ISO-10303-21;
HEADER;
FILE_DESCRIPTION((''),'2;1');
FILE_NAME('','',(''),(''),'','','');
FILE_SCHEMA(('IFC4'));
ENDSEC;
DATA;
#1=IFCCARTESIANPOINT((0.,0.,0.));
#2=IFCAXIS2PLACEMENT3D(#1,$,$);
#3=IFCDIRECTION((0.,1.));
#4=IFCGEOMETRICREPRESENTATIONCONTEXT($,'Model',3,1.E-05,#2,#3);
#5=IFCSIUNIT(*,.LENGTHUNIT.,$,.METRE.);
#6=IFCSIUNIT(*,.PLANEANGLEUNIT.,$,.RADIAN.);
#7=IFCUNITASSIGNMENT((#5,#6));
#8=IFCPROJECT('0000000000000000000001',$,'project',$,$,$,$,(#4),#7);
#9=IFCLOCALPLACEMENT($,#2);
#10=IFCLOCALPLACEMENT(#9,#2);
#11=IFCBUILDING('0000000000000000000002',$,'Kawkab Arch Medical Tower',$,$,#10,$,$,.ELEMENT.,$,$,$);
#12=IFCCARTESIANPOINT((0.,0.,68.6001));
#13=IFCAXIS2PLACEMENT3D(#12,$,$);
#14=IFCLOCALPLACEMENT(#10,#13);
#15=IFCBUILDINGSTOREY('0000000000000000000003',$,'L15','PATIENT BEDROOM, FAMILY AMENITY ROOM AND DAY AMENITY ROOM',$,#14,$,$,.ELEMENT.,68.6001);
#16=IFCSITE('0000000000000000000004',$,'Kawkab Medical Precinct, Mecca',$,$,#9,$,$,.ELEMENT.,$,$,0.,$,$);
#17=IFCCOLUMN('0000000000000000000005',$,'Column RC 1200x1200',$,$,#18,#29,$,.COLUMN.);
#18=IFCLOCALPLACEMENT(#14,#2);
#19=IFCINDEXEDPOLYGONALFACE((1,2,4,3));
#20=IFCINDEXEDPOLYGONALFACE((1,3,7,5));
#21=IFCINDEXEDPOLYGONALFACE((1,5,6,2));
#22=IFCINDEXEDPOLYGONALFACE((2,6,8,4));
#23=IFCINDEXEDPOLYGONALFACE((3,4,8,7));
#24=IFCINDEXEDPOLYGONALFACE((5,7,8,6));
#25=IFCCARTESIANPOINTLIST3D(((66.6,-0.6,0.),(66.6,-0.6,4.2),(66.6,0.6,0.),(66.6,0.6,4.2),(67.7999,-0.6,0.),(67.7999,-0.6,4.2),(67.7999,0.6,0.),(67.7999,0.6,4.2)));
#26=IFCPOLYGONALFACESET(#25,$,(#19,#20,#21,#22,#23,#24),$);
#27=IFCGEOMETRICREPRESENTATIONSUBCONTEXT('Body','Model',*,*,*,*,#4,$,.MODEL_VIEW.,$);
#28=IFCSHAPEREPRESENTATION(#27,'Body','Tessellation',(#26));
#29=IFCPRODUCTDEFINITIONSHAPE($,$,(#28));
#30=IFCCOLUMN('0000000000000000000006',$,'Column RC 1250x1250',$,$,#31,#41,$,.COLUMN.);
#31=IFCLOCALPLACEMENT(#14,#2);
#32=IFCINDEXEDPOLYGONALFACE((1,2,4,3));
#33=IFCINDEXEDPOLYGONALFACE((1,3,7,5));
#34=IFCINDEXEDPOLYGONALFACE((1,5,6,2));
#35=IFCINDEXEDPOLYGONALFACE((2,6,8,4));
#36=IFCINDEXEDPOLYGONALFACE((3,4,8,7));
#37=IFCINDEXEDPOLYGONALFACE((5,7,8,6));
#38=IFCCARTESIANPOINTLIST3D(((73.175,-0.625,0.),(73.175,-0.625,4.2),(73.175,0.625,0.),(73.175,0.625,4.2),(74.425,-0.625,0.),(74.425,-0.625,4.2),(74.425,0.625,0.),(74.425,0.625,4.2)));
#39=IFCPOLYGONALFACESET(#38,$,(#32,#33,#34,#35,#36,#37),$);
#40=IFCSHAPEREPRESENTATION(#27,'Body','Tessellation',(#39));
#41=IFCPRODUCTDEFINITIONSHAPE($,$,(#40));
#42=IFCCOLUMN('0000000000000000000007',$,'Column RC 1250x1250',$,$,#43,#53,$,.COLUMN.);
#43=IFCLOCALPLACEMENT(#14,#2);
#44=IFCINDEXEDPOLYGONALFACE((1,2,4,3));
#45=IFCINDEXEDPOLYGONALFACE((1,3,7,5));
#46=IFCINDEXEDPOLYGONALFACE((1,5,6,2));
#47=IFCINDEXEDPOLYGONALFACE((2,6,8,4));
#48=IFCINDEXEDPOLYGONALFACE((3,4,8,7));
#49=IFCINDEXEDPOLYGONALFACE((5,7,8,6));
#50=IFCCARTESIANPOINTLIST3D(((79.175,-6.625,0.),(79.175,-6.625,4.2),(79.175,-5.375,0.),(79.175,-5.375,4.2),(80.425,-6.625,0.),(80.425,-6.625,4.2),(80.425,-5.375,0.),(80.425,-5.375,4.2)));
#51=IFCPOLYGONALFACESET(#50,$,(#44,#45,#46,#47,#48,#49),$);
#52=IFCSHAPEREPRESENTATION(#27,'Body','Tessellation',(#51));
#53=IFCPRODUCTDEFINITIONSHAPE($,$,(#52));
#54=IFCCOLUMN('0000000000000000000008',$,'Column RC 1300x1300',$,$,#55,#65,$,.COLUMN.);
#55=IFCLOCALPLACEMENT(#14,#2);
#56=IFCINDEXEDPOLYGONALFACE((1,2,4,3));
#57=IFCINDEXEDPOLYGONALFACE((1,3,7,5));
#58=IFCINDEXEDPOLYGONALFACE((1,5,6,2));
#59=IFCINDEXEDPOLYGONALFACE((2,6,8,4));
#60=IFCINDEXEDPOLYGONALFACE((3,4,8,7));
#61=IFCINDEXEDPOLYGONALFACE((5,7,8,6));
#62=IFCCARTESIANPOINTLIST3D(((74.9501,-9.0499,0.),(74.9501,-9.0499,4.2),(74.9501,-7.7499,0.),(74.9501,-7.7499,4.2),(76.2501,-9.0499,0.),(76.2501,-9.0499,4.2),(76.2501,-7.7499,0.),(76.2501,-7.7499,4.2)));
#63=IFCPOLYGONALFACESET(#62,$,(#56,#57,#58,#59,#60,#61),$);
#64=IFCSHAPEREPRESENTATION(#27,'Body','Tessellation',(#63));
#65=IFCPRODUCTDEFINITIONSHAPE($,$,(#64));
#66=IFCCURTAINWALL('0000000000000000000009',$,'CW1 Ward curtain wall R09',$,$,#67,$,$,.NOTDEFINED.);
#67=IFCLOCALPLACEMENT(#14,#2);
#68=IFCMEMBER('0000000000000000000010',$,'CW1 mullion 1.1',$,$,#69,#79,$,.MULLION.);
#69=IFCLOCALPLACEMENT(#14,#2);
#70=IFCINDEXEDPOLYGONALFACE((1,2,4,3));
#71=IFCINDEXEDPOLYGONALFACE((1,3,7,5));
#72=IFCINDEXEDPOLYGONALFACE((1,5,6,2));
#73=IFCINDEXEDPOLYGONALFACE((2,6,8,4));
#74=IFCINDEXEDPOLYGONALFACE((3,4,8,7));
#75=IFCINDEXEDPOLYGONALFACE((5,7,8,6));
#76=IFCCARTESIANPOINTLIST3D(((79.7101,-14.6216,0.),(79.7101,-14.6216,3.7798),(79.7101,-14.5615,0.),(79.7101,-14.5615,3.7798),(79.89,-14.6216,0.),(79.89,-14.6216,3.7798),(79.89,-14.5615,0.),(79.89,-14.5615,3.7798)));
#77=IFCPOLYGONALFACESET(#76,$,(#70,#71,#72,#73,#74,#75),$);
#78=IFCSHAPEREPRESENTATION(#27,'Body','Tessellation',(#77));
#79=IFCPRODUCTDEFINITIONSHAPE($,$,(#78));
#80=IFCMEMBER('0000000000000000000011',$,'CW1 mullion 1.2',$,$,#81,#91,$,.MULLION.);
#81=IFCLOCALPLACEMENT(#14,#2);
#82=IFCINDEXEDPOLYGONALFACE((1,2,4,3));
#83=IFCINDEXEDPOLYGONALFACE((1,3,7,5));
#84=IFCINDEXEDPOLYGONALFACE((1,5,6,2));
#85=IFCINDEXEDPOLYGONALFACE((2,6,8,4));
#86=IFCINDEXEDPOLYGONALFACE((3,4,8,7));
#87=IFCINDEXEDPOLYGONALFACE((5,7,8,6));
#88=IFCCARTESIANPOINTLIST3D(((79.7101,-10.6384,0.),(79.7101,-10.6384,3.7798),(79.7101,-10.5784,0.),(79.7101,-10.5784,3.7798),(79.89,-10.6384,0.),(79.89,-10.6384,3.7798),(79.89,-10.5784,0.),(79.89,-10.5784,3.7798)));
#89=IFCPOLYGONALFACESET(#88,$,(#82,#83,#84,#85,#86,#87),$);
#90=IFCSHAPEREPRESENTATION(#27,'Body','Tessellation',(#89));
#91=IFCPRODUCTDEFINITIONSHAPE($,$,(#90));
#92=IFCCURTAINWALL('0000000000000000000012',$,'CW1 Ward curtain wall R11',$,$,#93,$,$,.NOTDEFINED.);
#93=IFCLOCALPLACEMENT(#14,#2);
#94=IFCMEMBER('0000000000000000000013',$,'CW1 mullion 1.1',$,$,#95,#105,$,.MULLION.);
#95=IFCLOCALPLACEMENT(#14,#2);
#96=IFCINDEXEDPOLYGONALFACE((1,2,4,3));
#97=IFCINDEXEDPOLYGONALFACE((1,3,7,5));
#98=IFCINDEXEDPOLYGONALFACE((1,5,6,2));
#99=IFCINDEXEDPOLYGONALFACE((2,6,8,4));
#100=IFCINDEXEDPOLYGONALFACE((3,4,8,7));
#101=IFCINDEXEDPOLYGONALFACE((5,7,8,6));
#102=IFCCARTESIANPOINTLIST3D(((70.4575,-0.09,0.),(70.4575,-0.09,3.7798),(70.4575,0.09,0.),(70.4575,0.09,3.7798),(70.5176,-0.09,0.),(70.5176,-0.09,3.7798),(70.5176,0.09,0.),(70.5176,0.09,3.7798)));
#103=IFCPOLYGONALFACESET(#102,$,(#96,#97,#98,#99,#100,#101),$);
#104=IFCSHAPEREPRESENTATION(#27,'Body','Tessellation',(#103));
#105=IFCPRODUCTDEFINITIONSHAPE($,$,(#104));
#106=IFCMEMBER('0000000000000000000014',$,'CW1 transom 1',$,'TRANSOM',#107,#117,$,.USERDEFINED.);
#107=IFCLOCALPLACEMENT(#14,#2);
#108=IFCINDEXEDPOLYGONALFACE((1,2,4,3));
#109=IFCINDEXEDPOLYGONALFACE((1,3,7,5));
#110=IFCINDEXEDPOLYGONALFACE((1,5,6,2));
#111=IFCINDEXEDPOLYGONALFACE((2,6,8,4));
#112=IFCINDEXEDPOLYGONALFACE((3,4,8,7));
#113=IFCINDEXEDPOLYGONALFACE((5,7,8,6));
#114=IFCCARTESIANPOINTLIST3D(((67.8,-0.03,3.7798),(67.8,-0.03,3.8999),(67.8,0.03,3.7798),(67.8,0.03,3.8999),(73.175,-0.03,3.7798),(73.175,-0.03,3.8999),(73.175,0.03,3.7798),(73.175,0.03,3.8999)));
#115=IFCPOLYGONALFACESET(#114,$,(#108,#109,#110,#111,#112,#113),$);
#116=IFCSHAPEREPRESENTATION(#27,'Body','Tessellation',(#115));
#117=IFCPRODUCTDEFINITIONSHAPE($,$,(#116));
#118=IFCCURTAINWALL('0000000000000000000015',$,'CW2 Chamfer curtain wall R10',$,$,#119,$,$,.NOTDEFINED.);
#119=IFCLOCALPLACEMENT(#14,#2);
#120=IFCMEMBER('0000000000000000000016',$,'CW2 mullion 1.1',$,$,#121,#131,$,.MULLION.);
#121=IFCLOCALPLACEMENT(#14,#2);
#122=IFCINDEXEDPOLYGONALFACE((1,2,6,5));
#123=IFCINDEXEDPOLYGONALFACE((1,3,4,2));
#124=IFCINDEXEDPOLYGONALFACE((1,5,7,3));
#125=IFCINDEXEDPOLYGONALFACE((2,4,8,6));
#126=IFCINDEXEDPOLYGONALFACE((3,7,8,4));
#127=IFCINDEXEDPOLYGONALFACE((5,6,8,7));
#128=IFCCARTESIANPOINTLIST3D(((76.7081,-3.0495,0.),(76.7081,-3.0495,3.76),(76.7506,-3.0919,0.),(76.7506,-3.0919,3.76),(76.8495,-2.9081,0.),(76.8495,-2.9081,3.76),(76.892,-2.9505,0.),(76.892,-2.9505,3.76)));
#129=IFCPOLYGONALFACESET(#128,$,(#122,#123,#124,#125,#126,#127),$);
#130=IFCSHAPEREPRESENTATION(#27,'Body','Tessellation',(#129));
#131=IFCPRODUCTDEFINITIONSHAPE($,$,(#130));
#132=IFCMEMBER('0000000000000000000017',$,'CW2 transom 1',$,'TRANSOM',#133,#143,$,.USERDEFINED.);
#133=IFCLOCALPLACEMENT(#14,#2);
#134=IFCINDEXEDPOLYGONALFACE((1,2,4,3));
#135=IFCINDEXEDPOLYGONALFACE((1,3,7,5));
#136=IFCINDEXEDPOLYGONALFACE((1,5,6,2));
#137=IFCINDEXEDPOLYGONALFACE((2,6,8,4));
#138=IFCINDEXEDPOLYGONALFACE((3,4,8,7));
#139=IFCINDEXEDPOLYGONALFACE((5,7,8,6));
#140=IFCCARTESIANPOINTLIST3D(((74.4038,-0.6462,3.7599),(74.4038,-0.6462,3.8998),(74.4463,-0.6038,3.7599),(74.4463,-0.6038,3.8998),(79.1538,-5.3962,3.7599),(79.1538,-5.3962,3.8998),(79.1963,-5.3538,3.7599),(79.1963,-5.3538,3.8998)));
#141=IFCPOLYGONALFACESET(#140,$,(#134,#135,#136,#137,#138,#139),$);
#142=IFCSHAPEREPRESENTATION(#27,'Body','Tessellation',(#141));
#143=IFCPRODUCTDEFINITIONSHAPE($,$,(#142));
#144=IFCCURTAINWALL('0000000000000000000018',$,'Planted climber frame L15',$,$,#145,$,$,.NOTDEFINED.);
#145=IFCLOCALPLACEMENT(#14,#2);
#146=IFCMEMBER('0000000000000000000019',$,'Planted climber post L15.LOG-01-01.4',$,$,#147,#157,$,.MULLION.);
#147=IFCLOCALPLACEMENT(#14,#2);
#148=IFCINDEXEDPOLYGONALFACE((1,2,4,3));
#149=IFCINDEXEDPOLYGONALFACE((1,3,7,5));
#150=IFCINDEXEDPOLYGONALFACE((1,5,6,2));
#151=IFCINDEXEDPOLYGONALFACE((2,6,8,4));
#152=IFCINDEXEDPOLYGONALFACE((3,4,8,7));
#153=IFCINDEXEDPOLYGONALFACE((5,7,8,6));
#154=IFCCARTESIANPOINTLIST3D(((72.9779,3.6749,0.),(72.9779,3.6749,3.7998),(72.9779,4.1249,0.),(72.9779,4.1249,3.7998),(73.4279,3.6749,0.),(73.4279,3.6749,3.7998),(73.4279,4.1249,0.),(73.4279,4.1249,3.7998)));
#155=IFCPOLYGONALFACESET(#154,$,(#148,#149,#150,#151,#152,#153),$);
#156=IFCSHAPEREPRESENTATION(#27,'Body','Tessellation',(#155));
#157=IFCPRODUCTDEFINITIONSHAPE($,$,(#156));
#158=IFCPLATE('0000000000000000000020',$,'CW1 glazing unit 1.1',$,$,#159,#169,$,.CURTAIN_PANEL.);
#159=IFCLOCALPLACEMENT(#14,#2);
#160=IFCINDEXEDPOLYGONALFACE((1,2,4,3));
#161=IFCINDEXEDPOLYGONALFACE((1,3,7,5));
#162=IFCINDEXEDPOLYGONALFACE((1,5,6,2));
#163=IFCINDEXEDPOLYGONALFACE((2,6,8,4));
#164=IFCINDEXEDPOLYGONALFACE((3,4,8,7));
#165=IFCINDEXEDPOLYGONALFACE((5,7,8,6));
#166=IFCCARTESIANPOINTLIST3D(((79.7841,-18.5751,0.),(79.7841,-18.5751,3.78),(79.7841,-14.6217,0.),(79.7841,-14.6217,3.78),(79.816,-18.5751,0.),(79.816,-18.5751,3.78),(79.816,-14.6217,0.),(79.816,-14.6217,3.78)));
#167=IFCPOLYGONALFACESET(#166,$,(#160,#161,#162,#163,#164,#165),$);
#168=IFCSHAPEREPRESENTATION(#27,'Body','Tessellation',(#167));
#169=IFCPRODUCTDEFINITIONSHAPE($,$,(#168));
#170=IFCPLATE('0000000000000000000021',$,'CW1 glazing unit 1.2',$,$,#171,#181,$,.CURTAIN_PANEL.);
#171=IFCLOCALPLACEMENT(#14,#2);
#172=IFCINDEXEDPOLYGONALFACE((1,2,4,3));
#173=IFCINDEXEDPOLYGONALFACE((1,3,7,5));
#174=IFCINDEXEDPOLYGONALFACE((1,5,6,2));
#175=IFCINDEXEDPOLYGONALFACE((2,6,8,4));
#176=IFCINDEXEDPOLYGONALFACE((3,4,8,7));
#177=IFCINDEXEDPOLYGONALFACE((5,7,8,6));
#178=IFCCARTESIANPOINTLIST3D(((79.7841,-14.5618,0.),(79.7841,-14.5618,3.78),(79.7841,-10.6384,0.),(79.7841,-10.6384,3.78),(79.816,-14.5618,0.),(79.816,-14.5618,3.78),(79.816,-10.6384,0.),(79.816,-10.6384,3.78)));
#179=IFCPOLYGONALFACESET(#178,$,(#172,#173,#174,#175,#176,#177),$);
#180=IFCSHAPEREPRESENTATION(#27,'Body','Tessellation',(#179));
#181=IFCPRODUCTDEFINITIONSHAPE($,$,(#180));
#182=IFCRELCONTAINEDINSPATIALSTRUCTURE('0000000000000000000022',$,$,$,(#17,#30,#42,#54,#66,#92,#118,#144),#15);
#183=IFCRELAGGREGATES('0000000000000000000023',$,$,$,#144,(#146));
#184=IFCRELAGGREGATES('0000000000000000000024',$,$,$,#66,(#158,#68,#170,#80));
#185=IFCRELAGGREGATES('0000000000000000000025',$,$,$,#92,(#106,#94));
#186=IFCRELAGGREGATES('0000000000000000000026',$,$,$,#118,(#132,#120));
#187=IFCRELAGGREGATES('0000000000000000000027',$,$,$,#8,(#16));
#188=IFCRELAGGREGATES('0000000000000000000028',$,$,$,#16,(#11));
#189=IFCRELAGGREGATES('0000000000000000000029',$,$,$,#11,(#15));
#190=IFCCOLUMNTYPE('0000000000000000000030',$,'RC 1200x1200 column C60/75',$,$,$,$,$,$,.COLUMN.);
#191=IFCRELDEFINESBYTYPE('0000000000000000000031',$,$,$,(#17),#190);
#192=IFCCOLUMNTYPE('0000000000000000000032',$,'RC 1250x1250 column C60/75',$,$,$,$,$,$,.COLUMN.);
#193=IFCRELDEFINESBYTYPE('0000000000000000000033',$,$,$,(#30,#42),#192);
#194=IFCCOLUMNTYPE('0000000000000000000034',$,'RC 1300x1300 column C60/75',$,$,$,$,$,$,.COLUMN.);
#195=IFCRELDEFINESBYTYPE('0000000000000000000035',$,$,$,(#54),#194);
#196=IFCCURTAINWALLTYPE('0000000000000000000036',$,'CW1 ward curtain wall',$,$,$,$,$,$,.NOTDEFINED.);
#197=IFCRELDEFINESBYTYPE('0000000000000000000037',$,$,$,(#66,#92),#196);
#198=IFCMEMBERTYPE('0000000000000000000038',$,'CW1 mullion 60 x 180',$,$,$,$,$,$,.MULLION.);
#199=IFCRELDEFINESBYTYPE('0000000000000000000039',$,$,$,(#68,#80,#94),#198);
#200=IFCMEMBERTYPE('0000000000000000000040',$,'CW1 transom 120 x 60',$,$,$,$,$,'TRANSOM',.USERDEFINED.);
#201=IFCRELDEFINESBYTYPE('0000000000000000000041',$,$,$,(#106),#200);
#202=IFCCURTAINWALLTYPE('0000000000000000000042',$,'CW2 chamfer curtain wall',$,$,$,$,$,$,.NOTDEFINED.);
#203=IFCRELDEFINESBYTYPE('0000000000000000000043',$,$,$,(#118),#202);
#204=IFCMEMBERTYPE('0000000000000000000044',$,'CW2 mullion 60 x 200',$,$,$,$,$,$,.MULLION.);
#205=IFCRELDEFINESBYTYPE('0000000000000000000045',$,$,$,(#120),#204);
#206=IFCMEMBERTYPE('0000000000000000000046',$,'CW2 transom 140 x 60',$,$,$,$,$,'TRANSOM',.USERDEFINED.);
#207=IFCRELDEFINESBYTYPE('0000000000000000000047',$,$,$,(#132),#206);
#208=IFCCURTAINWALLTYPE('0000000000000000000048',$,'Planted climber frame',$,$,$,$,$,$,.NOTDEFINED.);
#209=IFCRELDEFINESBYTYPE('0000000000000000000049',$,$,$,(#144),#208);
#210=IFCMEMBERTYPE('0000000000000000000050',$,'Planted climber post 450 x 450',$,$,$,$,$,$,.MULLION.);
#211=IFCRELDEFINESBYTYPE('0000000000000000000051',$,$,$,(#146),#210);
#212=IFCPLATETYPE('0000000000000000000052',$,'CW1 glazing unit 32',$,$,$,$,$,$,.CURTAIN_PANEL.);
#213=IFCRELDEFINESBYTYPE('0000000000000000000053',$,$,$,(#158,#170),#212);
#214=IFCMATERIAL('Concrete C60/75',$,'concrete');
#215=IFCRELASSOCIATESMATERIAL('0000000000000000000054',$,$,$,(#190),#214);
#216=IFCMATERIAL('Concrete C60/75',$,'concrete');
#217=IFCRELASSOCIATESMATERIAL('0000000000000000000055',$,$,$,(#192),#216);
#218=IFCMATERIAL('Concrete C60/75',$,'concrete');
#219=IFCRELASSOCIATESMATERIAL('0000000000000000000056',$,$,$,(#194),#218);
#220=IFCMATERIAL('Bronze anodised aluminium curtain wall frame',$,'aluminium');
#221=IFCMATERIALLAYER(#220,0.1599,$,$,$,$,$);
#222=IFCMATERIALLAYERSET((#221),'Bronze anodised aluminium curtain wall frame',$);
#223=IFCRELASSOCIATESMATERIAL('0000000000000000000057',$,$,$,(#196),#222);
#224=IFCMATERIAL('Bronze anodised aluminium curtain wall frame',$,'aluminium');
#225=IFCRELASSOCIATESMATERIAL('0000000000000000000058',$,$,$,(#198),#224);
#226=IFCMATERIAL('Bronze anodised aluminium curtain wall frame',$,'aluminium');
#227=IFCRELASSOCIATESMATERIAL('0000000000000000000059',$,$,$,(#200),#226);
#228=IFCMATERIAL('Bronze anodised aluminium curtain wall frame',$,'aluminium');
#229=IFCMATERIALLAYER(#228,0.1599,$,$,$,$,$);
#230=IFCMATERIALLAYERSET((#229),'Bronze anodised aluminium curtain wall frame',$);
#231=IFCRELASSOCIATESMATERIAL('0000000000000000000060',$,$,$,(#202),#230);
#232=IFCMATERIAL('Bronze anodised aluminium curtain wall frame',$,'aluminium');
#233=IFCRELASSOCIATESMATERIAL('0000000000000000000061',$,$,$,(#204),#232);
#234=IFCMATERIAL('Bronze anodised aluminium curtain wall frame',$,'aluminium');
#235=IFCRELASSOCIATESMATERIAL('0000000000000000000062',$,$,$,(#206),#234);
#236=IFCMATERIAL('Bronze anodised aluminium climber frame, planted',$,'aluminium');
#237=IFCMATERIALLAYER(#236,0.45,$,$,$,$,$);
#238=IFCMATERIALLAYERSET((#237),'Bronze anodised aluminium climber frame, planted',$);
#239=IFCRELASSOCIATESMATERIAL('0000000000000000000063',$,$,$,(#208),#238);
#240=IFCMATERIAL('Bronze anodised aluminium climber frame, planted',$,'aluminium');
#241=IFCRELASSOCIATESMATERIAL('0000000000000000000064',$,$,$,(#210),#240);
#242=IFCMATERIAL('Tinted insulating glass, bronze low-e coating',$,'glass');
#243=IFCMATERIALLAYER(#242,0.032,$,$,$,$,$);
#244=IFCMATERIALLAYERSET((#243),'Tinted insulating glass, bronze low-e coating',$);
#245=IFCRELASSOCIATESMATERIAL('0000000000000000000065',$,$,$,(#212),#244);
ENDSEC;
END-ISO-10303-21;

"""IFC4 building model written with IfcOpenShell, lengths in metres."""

from ifc_helpers import new_model, si_unit, direction, frame, origin, origin_2d, place, context, subcontext, project, spatial, rectangle, extrude, material, layer, layer_set, material_profile, profile_set, type_object, element, aggregate, save


model = new_model("IFC4")

# Units and contexts
model_context = context("Model", 3, precision=1e-05, world=origin(), true_north=direction((0.0, 1.0)))
body_context = subcontext(model_context, "Body", "Model", "MODEL_VIEW")
ifc_project = project(units=[si_unit("LENGTHUNIT", "METRE"), si_unit("PLANEANGLEUNIT", "RADIAN")], contexts=[model_context])

# Site, building, storey
site_placement = place(None, origin())
site = spatial("IfcSite", under=ifc_project, at=site_placement, Name="Kawkab Medical Precinct, Mecca", CompositionType="ELEMENT", RefElevation=0.0)
building_placement = place(site_placement, origin())
building = spatial("IfcBuilding", under=site, at=building_placement, Name="Kawkab Arch Medical Tower", CompositionType="ELEMENT")
storey_placement = place(building_placement, frame((0.0, 0.0, 68.6001)))
storey = spatial("IfcBuildingStorey", under=building, at=storey_placement, Name="L15", Description="PATIENT BEDROOM, FAMILY AMENITY ROOM AND DAY AMENITY ROOM", CompositionType="ELEMENT", Elevation=68.6001)

# Columns
ifc_material_1 = material(Name="Concrete C60/75", Category="concrete")
ifc_material_profile_1 = material_profile(ifc_material_1, rectangle(XDim=1.2, YDim=1.2, at=origin_2d()), Name="RC 1200x1200")
ifc_profile_set_1 = profile_set([ifc_material_profile_1], Name="Concrete C60/75")
column_type_1 = type_object("IfcColumnType", Name="RC 1200x1200 column C60/75", PredefinedType="COLUMN", material=ifc_profile_set_1)
column_1_placement = place(storey_placement, frame((67.2, 0.0, 0.0), z_axis=(0.0, 0.0, 1.0), x_axis=(1.0, 0.0, 0.0)))
element("IfcColumn", 1, at=column_1_placement, inside=storey, type_object=column_type_1, Name="Column RC 1200x1200", PredefinedType="COLUMN", context=body_context, shape_type="SweptSolid", body=[
    extrude(rectangle(XDim=1.2, YDim=1.2, at=origin_2d()), origin(), (0.0, 0.0, 1.0), 4.2),
])
ifc_material_2 = material(Name="Concrete C60/75", Category="concrete")
ifc_material_profile_2 = material_profile(ifc_material_2, rectangle(XDim=1.25, YDim=1.25, at=origin_2d()), Name="RC 1250x1250")
ifc_profile_set_2 = profile_set([ifc_material_profile_2], Name="Concrete C60/75")
column_type_2 = type_object("IfcColumnType", Name="RC 1250x1250 column C60/75", PredefinedType="COLUMN", material=ifc_profile_set_2)
for number, where, z_axis, x_axis, name in (
    (2, (73.8, 0.0, 0.0), (0.0, 0.0, 1.0), (1.0, 0.0, 0.0), "Column RC 1250x1250"),
    (3, (79.8, -6.0, 0.0), (0.0, 0.0, 1.0), (1.0, 0.0, 0.0), "Column RC 1250x1250"),
):
    element("IfcColumn", number, at=place(storey_placement, frame(where, z_axis=z_axis, x_axis=x_axis)), inside=storey, type_object=column_type_2, Name=name, PredefinedType="COLUMN", context=body_context, shape_type="SweptSolid", body=[
        extrude(rectangle(XDim=1.25, YDim=1.25, at=origin_2d()), origin(), (0.0, 0.0, 1.0), 4.2),
    ])
ifc_material_3 = material(Name="Concrete C60/75", Category="concrete")
ifc_material_profile_3 = material_profile(ifc_material_3, rectangle(XDim=1.3, YDim=1.3, at=origin_2d()), Name="RC 1300x1300")
ifc_profile_set_3 = profile_set([ifc_material_profile_3], Name="Concrete C60/75")
column_type_3 = type_object("IfcColumnType", Name="RC 1300x1300 column C60/75", PredefinedType="COLUMN", material=ifc_profile_set_3)
column_2_placement = place(storey_placement, frame((75.6001, -8.3999, 0.0), z_axis=(0.0, 0.0, 1.0), x_axis=(1.0, 0.0, 0.0)))
element("IfcColumn", 4, at=column_2_placement, inside=storey, type_object=column_type_3, Name="Column RC 1300x1300", PredefinedType="COLUMN", context=body_context, shape_type="SweptSolid", body=[
    extrude(rectangle(XDim=1.3, YDim=1.3, at=origin_2d()), origin(), (0.0, 0.0, 1.0), 4.2),
])

# Curtain walls, members
ifc_material_4 = material(Name="Bronze anodised aluminium curtain wall frame", Category="aluminium")
ifc_layer_1 = layer(ifc_material_4, 0.1599)
ifc_layer_set_1 = layer_set([ifc_layer_1], Name="Bronze anodised aluminium curtain wall frame")
curtain_wall_type_1 = type_object("IfcCurtainWallType", Name="CW1 ward curtain wall", PredefinedType="NOTDEFINED", material=ifc_layer_set_1)
placement = place(storey_placement, origin())
curtain_wall_1 = element("IfcCurtainWall", 5, at=placement, inside=storey, type_object=curtain_wall_type_1, Name="CW1 Ward curtain wall R09", PredefinedType="NOTDEFINED")
ifc_material_5 = material(Name="Bronze anodised aluminium curtain wall frame", Category="aluminium")
ifc_material_profile_4 = material_profile(ifc_material_5, rectangle(XDim=0.1799, YDim=0.0601, at=origin_2d()), Name="AL 60x180")
ifc_profile_set_4 = profile_set([ifc_material_profile_4], Name="Bronze anodised aluminium curtain wall frame")
member_type_1 = type_object("IfcMemberType", Name="CW1 mullion 60 x 180", PredefinedType="MULLION", material=ifc_profile_set_4)
member_1_placement = place(storey_placement, frame((79.8, -14.5916, 0.0), z_axis=(0.0, 0.0, 1.0), x_axis=(-1.0, 0.0, 0.0)))
member_1 = element("IfcMember", 6, at=member_1_placement, type_object=member_type_1, Name="CW1 mullion 1.1", PredefinedType="MULLION", context=body_context, shape_type="SweptSolid", body=[
    extrude(rectangle(XDim=0.1799, YDim=0.0601, at=origin_2d()), origin(), (0.0, 0.0, 1.0), 3.7798),
])
member_2_placement = place(storey_placement, frame((79.8, -10.6084, 0.0), z_axis=(0.0, 0.0, 1.0), x_axis=(-1.0, 0.0, 0.0)))
member_2 = element("IfcMember", 7, at=member_2_placement, type_object=member_type_1, Name="CW1 mullion 1.2", PredefinedType="MULLION", context=body_context, shape_type="SweptSolid", body=[
    extrude(rectangle(XDim=0.1799, YDim=0.0601, at=origin_2d()), origin(), (0.0, 0.0, 1.0), 3.7798),
])
curtain_wall_2 = element("IfcCurtainWall", 8, at=placement, inside=storey, type_object=curtain_wall_type_1, Name="CW1 Ward curtain wall R11", PredefinedType="NOTDEFINED")
member_3_placement = place(storey_placement, frame((70.4875, 0.0, 0.0), z_axis=(0.0, 0.0, 1.0), x_axis=(0.0, -1.0, 0.0)))
member_3 = element("IfcMember", 9, at=member_3_placement, type_object=member_type_1, Name="CW1 mullion 1.1", PredefinedType="MULLION", context=body_context, shape_type="SweptSolid", body=[
    extrude(rectangle(XDim=0.1799, YDim=0.0601, at=origin_2d()), origin(), (0.0, 0.0, 1.0), 3.7798),
])
ifc_material_6 = material(Name="Bronze anodised aluminium curtain wall frame", Category="aluminium")
ifc_material_profile_5 = material_profile(ifc_material_6, rectangle(XDim=0.0601, YDim=0.1201, at=origin_2d()), Name="AL 60x120")
ifc_profile_set_5 = profile_set([ifc_material_profile_5], Name="Bronze anodised aluminium curtain wall frame")
member_type_2 = type_object("IfcMemberType", Name="CW1 transom 120 x 60", ElementType="TRANSOM", PredefinedType="USERDEFINED", material=ifc_profile_set_5)
member_4_placement = place(storey_placement, frame((73.175, 0.0, 3.8398), z_axis=(-1.0, 0.0, 0.0), x_axis=(0.0, -1.0, 0.0)))
member_4 = element("IfcMember", 10, at=member_4_placement, type_object=member_type_2, Name="CW1 transom 1", ObjectType="TRANSOM", PredefinedType="USERDEFINED", context=body_context, shape_type="SweptSolid", body=[
    extrude(rectangle(XDim=0.0601, YDim=0.1201, at=origin_2d()), origin(), (0.0, 0.0, 1.0), 5.375),
])
ifc_material_7 = material(Name="Bronze anodised aluminium curtain wall frame", Category="aluminium")
ifc_layer_2 = layer(ifc_material_7, 0.1599)
ifc_layer_set_2 = layer_set([ifc_layer_2], Name="Bronze anodised aluminium curtain wall frame")
curtain_wall_type_2 = type_object("IfcCurtainWallType", Name="CW2 chamfer curtain wall", PredefinedType="NOTDEFINED", material=ifc_layer_set_2)
curtain_wall_3 = element("IfcCurtainWall", 11, at=placement, inside=storey, type_object=curtain_wall_type_2, Name="CW2 Chamfer curtain wall R10", PredefinedType="NOTDEFINED")
ifc_material_8 = material(Name="Bronze anodised aluminium curtain wall frame", Category="aluminium")
ifc_material_profile_6 = material_profile(ifc_material_8, rectangle(XDim=0.2, YDim=0.0601, at=origin_2d()), Name="AL 60x200")
ifc_profile_set_6 = profile_set([ifc_material_profile_6], Name="Bronze anodised aluminium curtain wall frame")
member_type_3 = type_object("IfcMemberType", Name="CW2 mullion 60 x 200", PredefinedType="MULLION", material=ifc_profile_set_6)
member_5_placement = place(storey_placement, frame((76.8, -3.0, 0.0), z_axis=(0.0, 0.0, 1.0), x_axis=(-0.707107, -0.707107, 0.0)))
member_5 = element("IfcMember", 12, at=member_5_placement, type_object=member_type_3, Name="CW2 mullion 1.1", PredefinedType="MULLION", context=body_context, shape_type="SweptSolid", body=[
    extrude(rectangle(XDim=0.2, YDim=0.0601, at=origin_2d()), origin(), (0.0, 0.0, 1.0), 3.76),
])
ifc_material_9 = material(Name="Bronze anodised aluminium curtain wall frame", Category="aluminium")
ifc_material_profile_7 = material_profile(ifc_material_9, rectangle(XDim=0.0601, YDim=0.1399, at=origin_2d()), Name="AL 60x140")
ifc_profile_set_7 = profile_set([ifc_material_profile_7], Name="Bronze anodised aluminium curtain wall frame")
member_type_4 = type_object("IfcMemberType", Name="CW2 transom 140 x 60", ElementType="TRANSOM", PredefinedType="USERDEFINED", material=ifc_profile_set_7)
member_6_placement = place(storey_placement, frame((79.175, -5.375, 3.8298), z_axis=(-0.707107, 0.707107, 0.0), x_axis=(-0.707107, -0.707107, 0.0)))
member_6 = element("IfcMember", 13, at=member_6_placement, type_object=member_type_4, Name="CW2 transom 1", ObjectType="TRANSOM", PredefinedType="USERDEFINED", context=body_context, shape_type="SweptSolid", body=[
    extrude(rectangle(XDim=0.0601, YDim=0.1399, at=origin_2d()), origin(), (0.0, 0.0, 1.0), 6.7175),
])

# Curtain wall, member
ifc_material_10 = material(Name="Bronze anodised aluminium climber frame, planted", Category="aluminium")
ifc_layer_3 = layer(ifc_material_10, 0.45)
ifc_layer_set_3 = layer_set([ifc_layer_3], Name="Bronze anodised aluminium climber frame, planted")
curtain_wall_type_3 = type_object("IfcCurtainWallType", Name="Planted climber frame", PredefinedType="NOTDEFINED", material=ifc_layer_set_3)
curtain_wall_4 = element("IfcCurtainWall", 14, at=placement, inside=storey, type_object=curtain_wall_type_3, Name="Planted climber frame L15", PredefinedType="NOTDEFINED")
ifc_material_11 = material(Name="Bronze anodised aluminium climber frame, planted", Category="aluminium")
ifc_material_profile_8 = material_profile(ifc_material_11, rectangle(XDim=0.45, YDim=0.45, at=origin_2d()), Name="Post 450x450")
ifc_profile_set_8 = profile_set([ifc_material_profile_8], Name="Bronze anodised aluminium climber frame, planted")
member_type_5 = type_object("IfcMemberType", Name="Planted climber post 450 x 450", PredefinedType="MULLION", material=ifc_profile_set_8)
member_7_placement = place(storey_placement, frame((73.2029, 3.8999, 0.0), z_axis=(0.0, 0.0, 1.0), x_axis=(1.0, 0.0, 0.0)))
member_7 = element("IfcMember", 15, at=member_7_placement, type_object=member_type_5, Name="Planted climber post L15.LOG-01-01.4", PredefinedType="MULLION", context=body_context, shape_type="SweptSolid", body=[
    extrude(rectangle(XDim=0.45, YDim=0.45, at=origin_2d()), origin(), (0.0, 0.0, 1.0), 3.7998),
])
aggregate(curtain_wall_4, [member_7])

# Plates
ifc_material_12 = material(Name="Tinted insulating glass, bronze low-e coating", Category="glass")
ifc_layer_4 = layer(ifc_material_12, 0.032)
ifc_layer_set_4 = layer_set([ifc_layer_4], Name="Tinted insulating glass, bronze low-e coating")
plate_type_1 = type_object("IfcPlateType", Name="CW1 glazing unit 32", PredefinedType="CURTAIN_PANEL", material=ifc_layer_set_4)
plate_1_placement = place(storey_placement, frame((79.8, -16.5984, 0.0), z_axis=(0.0, 0.0, 1.0), x_axis=(0.0, 1.0, 0.0)))
plate_1 = element("IfcPlate", 16, at=plate_1_placement, type_object=plate_type_1, Name="CW1 glazing unit 1.1", PredefinedType="CURTAIN_PANEL", context=body_context, shape_type="SweptSolid", body=[
    extrude(rectangle(XDim=3.9534, YDim=0.032, at=origin_2d()), origin(), (0.0, 0.0, 1.0), 3.78),
])
plate_2_placement = place(storey_placement, frame((79.8, -12.6001, 0.0), z_axis=(0.0, 0.0, 1.0), x_axis=(0.0, 1.0, 0.0)))
plate_2 = element("IfcPlate", 17, at=plate_2_placement, type_object=plate_type_1, Name="CW1 glazing unit 1.2", PredefinedType="CURTAIN_PANEL", context=body_context, shape_type="SweptSolid", body=[
    extrude(rectangle(XDim=3.9233, YDim=0.032, at=origin_2d()), origin(), (0.0, 0.0, 1.0), 3.78),
])
aggregate(curtain_wall_1, [plate_1, member_1, plate_2, member_2])
aggregate(curtain_wall_2, [member_4, member_3])
aggregate(curtain_wall_3, [member_6, member_5])

save(model, "model.ifc")
